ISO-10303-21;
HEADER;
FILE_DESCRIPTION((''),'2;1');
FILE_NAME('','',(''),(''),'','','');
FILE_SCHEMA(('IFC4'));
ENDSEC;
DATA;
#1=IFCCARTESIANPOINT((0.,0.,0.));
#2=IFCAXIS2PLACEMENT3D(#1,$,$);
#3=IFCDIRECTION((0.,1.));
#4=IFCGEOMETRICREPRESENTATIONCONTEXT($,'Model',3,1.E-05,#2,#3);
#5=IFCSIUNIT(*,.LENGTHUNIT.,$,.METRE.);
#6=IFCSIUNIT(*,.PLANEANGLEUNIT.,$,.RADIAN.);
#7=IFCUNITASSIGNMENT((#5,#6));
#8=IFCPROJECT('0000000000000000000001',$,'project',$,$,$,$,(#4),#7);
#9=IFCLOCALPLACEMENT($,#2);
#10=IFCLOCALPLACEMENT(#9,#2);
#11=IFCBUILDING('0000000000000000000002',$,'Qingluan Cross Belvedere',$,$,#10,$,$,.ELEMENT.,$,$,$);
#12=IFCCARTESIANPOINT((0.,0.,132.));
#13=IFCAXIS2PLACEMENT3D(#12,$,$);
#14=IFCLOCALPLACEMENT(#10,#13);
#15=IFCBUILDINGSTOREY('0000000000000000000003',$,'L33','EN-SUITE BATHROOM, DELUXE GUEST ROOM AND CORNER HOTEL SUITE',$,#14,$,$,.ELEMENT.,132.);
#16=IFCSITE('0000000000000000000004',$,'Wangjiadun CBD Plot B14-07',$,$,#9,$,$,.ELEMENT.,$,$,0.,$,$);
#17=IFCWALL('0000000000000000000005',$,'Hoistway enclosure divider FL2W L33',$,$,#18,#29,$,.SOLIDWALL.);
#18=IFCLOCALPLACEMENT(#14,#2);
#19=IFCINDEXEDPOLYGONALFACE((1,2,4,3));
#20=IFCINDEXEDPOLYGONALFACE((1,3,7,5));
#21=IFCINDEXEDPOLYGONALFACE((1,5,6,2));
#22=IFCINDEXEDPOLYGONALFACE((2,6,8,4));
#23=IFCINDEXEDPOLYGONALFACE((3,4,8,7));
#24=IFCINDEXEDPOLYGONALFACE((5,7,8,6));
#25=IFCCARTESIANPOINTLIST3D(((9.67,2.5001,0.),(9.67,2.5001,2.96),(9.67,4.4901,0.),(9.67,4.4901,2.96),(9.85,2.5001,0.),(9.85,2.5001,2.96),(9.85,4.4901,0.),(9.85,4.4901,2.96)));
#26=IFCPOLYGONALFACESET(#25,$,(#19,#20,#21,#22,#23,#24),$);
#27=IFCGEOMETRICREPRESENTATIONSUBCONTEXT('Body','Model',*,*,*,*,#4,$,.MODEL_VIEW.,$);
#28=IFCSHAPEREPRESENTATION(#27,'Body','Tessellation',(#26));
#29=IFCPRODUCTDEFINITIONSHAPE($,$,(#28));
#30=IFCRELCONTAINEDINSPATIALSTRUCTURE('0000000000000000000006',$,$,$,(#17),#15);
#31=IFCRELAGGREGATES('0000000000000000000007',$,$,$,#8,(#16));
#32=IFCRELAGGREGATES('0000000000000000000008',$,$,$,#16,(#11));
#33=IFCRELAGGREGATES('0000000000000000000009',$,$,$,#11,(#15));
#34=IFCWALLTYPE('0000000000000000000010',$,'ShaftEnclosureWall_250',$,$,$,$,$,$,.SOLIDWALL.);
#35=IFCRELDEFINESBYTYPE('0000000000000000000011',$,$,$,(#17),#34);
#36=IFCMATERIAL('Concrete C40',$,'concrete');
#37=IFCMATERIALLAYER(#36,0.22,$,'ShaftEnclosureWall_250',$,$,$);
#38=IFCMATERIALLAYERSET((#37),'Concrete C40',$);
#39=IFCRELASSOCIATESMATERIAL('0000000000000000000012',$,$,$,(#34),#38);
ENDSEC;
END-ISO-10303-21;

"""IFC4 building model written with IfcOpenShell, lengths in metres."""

from ifc_helpers import new_model, si_unit, direction, frame, frame_2d, origin, place, context, subcontext, project, spatial, rectangle, extrude, material, layer, layer_set, type_object, element, save


model = new_model("IFC4")

# Units and contexts
model_context = context("Model", 3, precision=1e-05, world=origin(), true_north=direction((0.0, 1.0)))
body_context = subcontext(model_context, "Body", "Model", "MODEL_VIEW")
ifc_project = project(units=[si_unit("LENGTHUNIT", "METRE"), si_unit("PLANEANGLEUNIT", "RADIAN")], contexts=[model_context])

# Site, building, storey
site_placement = place(None, origin())
site = spatial("IfcSite", under=ifc_project, at=site_placement, Name="Wangjiadun CBD Plot B14-07", CompositionType="ELEMENT", RefElevation=0.0)
building_placement = place(site_placement, origin())
building = spatial("IfcBuilding", under=site, at=building_placement, Name="Qingluan Cross Belvedere", CompositionType="ELEMENT")
storey_placement = place(building_placement, frame((0.0, 0.0, 132.0)))
storey = spatial("IfcBuildingStorey", under=building, at=storey_placement, Name="L33", Description="EN-SUITE BATHROOM, DELUXE GUEST ROOM AND CORNER HOTEL SUITE", CompositionType="ELEMENT", Elevation=132.0)

# Shared definitions
ifc_material_1 = material(Name="Concrete C40", Category="concrete")
ifc_layer_1 = layer(ifc_material_1, 0.22, Name="ShaftEnclosureWall_250")
ifc_layer_set_1 = layer_set([ifc_layer_1], Name="Concrete C40")
wall_type_1 = type_object("IfcWallType", Name="ShaftEnclosureWall_250", PredefinedType="SOLIDWALL", material=ifc_layer_set_1)

# Wall
wall_1_placement = place(storey_placement, frame((9.76, 2.5, 0.0), z_axis=(0.0, 0.0, 1.0), x_axis=(0.0, 1.0, 0.0)))
element("IfcWall", 1, at=wall_1_placement, inside=storey, type_object=wall_type_1, Name="Hoistway enclosure divider FL2W L33", PredefinedType="SOLIDWALL", context=body_context, shape_type="SweptSolid", body=[
    extrude(rectangle(XDim=1.99, YDim=0.1799, at=frame_2d((0.9951, 0.0))), origin(), (0.0, 0.0, 1.0), 2.96),
])

save(model, "model.ifc")
